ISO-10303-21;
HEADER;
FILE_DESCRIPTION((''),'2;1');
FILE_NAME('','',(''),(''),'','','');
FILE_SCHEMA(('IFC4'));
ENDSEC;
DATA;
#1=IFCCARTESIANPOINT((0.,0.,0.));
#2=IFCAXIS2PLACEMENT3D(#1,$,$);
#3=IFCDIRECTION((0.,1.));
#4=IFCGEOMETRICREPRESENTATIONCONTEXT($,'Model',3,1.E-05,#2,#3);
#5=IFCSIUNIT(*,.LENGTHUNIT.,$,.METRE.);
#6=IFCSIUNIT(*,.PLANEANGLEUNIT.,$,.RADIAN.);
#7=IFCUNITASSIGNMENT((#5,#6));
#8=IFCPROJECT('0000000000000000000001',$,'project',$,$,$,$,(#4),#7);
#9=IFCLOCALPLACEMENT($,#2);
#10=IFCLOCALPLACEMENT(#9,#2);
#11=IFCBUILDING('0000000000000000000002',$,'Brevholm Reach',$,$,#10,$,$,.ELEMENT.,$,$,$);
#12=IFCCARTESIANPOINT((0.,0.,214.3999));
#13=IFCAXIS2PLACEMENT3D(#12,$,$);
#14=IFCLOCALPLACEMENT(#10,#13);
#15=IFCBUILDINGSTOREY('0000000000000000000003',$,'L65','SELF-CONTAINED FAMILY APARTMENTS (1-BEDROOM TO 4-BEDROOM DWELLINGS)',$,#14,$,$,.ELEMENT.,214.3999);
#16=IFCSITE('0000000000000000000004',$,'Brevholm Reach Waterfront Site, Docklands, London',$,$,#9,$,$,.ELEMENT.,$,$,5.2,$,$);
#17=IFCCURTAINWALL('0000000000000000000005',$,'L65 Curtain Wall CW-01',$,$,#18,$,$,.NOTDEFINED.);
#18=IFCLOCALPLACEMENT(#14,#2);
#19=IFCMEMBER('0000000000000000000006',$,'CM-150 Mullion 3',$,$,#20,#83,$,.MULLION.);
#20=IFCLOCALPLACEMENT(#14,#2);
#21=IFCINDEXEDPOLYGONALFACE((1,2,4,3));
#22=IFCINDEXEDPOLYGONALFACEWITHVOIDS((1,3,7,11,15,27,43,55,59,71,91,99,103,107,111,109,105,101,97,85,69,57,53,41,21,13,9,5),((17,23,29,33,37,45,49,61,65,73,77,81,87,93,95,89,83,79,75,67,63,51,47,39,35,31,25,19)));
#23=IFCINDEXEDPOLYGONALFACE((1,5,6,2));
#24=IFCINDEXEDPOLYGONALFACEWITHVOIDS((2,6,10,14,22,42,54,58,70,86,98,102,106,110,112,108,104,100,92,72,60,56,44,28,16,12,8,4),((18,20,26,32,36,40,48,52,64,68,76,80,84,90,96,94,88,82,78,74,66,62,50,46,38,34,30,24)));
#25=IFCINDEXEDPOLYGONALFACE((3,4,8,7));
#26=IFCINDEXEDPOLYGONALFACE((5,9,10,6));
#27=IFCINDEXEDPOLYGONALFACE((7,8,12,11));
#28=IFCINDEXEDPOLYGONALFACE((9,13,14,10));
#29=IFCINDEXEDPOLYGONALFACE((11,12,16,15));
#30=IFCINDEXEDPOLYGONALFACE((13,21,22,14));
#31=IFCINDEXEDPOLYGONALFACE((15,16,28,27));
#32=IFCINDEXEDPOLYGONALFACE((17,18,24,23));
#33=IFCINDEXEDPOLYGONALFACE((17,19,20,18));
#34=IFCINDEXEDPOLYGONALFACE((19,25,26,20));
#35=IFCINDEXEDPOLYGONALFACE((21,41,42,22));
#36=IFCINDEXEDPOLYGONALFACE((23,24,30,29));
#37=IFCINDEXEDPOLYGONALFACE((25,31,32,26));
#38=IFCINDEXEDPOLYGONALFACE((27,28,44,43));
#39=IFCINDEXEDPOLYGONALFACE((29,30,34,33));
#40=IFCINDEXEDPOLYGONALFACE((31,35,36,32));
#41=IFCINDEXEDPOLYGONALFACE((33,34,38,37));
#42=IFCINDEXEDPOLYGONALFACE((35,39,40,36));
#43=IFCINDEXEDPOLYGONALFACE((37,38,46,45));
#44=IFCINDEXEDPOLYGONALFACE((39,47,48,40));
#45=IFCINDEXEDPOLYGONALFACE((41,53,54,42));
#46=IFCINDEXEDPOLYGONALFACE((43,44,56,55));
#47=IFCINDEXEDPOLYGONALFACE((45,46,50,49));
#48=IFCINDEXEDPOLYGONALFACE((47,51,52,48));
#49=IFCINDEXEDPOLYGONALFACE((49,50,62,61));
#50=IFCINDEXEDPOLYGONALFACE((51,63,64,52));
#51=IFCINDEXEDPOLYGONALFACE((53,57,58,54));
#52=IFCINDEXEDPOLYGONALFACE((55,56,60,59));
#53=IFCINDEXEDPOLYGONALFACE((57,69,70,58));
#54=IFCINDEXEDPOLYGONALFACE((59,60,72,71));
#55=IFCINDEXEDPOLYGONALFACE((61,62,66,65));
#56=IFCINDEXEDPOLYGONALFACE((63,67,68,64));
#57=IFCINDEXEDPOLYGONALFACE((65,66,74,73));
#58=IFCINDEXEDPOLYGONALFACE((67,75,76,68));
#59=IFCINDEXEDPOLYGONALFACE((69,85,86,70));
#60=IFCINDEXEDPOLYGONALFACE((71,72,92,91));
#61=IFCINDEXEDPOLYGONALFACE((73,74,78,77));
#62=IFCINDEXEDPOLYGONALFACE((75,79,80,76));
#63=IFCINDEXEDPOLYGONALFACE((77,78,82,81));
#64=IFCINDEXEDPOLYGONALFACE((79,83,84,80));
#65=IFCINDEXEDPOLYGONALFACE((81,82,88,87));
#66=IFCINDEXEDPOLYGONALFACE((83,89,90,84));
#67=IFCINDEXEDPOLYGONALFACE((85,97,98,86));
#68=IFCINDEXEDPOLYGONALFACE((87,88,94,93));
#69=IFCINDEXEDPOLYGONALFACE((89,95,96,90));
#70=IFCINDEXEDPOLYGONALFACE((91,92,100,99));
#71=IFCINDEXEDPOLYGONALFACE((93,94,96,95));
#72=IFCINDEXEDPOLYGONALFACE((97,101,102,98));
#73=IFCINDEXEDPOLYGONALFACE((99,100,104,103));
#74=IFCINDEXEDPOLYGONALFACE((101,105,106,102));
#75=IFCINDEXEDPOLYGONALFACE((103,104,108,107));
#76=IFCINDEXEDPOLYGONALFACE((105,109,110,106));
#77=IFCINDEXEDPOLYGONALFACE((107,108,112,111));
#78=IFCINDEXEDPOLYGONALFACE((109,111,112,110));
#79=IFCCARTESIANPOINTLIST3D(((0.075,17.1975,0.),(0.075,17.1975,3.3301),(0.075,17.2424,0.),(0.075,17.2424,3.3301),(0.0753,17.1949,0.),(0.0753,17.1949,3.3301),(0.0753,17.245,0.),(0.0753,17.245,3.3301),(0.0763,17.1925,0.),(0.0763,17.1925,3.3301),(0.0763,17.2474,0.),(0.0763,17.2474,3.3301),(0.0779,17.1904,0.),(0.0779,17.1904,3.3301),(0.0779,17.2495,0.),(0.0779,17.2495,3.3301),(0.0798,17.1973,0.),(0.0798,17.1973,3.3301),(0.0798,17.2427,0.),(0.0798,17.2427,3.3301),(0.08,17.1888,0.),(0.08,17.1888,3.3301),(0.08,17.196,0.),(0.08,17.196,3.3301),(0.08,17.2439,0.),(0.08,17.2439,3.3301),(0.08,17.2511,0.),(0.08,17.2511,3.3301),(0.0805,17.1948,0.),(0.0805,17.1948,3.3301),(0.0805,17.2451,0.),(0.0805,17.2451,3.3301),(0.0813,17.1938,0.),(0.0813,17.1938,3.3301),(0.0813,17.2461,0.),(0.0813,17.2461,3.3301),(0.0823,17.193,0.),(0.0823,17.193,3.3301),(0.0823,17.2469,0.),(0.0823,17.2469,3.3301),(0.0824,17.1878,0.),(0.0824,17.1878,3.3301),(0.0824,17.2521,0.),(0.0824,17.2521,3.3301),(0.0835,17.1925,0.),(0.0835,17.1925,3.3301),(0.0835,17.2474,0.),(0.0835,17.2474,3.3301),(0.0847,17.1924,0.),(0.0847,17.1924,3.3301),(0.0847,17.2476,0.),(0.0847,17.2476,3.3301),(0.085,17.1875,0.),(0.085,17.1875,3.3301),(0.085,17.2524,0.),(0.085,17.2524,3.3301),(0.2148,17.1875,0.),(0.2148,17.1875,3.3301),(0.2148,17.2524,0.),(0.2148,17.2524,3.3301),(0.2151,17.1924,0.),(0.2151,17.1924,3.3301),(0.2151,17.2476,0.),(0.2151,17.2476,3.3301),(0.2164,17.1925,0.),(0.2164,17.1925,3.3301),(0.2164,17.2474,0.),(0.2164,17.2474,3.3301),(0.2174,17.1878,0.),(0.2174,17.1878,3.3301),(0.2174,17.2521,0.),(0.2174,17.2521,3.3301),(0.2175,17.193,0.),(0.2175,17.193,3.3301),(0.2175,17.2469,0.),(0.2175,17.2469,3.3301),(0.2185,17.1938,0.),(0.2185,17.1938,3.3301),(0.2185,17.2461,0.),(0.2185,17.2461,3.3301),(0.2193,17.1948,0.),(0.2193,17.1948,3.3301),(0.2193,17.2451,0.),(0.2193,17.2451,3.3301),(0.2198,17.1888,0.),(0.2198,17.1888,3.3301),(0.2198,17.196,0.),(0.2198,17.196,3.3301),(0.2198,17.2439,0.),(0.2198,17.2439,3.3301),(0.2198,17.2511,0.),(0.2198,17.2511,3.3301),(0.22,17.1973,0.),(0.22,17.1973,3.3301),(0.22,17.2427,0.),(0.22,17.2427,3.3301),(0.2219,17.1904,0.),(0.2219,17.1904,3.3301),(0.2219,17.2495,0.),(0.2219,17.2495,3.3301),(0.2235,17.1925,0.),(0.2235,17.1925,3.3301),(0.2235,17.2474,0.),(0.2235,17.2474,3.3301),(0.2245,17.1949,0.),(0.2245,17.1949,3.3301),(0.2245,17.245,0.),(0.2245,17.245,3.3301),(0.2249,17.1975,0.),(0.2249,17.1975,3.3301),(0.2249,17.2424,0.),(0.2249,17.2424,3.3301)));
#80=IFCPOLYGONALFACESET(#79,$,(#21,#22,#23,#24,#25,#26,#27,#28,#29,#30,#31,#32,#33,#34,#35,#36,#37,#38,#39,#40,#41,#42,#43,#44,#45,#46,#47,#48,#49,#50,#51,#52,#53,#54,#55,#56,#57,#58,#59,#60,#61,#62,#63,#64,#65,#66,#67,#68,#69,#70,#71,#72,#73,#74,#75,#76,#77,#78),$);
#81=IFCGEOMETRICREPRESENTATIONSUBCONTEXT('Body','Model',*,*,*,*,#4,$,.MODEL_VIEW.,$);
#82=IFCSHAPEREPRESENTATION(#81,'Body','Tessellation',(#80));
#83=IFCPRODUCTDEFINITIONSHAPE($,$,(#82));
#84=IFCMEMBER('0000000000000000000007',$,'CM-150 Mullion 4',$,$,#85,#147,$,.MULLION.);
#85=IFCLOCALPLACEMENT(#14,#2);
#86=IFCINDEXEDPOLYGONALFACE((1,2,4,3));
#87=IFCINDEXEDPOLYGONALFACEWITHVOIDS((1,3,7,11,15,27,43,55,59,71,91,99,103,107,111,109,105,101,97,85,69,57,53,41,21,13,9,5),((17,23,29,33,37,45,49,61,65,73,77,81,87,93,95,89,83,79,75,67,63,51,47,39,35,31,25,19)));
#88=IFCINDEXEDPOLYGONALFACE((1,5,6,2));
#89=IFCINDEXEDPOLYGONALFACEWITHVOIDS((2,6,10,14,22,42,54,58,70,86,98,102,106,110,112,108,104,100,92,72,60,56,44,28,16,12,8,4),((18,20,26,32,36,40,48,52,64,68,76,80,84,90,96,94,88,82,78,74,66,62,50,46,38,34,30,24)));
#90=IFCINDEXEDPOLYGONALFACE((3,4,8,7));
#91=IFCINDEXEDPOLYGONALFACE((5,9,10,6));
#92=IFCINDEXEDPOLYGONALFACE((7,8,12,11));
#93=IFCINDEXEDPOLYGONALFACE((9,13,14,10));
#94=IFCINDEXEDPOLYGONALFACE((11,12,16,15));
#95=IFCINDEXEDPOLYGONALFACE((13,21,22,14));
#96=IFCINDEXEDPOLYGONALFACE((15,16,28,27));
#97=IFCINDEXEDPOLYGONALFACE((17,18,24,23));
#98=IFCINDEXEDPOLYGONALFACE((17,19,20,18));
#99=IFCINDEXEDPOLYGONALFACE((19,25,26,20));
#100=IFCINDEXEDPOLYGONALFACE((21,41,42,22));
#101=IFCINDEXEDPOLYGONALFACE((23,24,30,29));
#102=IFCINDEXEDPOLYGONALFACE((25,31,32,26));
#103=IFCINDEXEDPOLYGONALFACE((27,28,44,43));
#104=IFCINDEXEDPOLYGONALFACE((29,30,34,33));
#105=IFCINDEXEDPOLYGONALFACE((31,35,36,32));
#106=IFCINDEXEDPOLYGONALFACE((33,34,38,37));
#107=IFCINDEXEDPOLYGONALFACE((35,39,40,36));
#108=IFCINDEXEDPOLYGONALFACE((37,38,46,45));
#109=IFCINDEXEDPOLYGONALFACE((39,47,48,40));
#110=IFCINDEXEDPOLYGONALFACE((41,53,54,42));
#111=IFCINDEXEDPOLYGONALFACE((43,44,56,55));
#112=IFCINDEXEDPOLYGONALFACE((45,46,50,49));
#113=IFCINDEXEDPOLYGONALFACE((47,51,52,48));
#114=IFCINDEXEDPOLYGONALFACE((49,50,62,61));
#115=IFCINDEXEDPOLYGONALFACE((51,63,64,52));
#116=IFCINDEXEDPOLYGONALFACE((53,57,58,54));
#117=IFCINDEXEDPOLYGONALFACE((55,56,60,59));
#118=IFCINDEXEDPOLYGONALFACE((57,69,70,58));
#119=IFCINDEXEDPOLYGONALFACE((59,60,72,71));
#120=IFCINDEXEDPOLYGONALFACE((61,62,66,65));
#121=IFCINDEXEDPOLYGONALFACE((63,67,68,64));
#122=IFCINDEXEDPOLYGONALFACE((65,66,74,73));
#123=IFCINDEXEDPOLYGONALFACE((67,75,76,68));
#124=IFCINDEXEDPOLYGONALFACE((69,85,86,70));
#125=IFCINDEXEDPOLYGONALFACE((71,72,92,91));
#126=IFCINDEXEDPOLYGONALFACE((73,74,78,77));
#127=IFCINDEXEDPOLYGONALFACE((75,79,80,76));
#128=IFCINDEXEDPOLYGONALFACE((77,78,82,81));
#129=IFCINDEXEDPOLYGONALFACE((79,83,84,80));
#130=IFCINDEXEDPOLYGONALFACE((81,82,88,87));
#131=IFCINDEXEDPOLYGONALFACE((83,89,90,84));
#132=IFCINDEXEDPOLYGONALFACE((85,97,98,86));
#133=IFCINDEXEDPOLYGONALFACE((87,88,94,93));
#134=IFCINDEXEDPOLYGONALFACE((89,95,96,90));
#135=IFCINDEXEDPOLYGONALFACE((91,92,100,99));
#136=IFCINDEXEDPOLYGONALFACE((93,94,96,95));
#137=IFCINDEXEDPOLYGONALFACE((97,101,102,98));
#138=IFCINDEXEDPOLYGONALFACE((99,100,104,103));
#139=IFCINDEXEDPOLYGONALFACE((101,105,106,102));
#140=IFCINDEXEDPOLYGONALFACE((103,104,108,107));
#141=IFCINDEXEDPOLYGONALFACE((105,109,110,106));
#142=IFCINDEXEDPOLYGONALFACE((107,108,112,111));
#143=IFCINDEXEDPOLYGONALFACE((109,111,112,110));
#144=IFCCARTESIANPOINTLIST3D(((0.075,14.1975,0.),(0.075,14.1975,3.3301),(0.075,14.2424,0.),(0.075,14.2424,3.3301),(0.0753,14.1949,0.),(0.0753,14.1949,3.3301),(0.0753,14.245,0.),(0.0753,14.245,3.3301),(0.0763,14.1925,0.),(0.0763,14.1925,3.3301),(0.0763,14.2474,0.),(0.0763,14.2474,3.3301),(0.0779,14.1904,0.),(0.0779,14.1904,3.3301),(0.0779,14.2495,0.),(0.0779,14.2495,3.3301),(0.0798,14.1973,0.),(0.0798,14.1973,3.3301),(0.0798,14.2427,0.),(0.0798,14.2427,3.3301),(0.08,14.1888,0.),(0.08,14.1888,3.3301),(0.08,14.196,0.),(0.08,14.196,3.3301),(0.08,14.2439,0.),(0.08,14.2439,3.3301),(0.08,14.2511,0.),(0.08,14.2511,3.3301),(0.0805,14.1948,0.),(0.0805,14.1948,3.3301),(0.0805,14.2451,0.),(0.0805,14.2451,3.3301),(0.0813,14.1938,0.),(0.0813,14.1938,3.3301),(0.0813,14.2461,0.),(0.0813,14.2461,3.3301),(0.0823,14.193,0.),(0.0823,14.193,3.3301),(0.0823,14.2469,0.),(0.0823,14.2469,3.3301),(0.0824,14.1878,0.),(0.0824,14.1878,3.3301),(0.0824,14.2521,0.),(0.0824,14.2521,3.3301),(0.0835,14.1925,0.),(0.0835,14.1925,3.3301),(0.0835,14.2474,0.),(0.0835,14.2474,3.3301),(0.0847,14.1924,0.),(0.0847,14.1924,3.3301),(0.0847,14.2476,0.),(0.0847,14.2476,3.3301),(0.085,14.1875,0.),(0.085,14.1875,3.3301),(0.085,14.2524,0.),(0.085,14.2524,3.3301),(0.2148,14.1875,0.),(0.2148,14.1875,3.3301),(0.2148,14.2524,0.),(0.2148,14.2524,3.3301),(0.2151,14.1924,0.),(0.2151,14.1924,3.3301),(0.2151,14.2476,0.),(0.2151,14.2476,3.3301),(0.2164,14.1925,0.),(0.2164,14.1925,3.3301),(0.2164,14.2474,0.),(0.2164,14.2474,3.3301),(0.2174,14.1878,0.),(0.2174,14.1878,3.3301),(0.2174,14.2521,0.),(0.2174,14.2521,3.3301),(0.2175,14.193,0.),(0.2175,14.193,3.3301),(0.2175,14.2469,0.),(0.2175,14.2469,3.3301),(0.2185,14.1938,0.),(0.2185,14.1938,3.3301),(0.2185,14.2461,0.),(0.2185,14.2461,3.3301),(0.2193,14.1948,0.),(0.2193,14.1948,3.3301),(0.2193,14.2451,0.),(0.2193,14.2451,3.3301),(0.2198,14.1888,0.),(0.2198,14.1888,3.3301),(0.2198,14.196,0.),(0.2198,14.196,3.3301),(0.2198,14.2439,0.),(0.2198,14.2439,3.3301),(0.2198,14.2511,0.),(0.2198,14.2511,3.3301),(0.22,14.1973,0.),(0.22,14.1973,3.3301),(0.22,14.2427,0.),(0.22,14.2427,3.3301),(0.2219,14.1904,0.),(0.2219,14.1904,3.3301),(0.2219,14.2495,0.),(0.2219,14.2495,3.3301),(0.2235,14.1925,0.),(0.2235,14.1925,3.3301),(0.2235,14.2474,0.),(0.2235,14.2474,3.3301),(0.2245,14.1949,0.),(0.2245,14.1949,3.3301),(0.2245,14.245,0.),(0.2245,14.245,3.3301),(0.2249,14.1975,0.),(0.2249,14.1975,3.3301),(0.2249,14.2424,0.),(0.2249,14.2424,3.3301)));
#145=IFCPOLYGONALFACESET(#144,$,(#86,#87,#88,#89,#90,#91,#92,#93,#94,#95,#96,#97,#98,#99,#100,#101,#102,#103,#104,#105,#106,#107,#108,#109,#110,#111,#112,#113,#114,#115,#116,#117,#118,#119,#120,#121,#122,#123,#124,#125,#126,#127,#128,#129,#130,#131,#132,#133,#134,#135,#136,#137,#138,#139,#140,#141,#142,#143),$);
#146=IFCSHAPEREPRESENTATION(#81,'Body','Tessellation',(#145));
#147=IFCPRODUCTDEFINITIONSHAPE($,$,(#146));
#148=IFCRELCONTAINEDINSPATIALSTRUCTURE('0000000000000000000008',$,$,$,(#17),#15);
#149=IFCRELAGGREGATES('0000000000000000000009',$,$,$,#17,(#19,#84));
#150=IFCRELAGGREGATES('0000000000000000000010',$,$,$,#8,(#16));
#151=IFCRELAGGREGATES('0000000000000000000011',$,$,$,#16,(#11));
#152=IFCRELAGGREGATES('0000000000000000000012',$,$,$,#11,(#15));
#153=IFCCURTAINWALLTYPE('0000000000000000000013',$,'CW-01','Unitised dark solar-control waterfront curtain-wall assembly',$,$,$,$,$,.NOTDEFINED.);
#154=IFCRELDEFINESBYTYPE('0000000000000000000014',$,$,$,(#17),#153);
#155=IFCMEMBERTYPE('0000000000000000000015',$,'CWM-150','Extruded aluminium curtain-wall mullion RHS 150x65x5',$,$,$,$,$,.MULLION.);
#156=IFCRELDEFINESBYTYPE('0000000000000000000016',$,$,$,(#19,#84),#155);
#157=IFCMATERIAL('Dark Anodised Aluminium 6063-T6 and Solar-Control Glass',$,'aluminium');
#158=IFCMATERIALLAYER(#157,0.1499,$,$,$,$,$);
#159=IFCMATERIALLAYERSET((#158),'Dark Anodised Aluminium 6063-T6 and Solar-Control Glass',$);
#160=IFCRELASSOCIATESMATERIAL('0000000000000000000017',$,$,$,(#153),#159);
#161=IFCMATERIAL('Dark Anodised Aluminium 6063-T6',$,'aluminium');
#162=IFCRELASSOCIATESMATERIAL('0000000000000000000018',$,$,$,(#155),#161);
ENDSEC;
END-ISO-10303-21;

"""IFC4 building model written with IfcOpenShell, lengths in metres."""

from ifc_helpers import new_model, si_unit, direction, frame, origin, origin_2d, place, context, subcontext, project, spatial, hollow_rectangle, extrude, material, layer, layer_set, material_profile, profile_set, type_object, element, aggregate, save


model = new_model("IFC4")

# Units and contexts
model_context = context("Model", 3, precision=1e-05, world=origin(), true_north=direction((0.0, 1.0)))
body_context = subcontext(model_context, "Body", "Model", "MODEL_VIEW")
ifc_project = project(units=[si_unit("LENGTHUNIT", "METRE"), si_unit("PLANEANGLEUNIT", "RADIAN")], contexts=[model_context])

# Site, building, storey
site_placement = place(None, origin())
site = spatial("IfcSite", under=ifc_project, at=site_placement, Name="Brevholm Reach Waterfront Site, Docklands, London", CompositionType="ELEMENT", RefElevation=5.2)
building_placement = place(site_placement, origin())
building = spatial("IfcBuilding", under=site, at=building_placement, Name="Brevholm Reach", CompositionType="ELEMENT")
storey_placement = place(building_placement, frame((0.0, 0.0, 214.3999)))
storey = spatial("IfcBuildingStorey", under=building, at=storey_placement, Name="L65", Description="SELF-CONTAINED FAMILY APARTMENTS (1-BEDROOM TO 4-BEDROOM DWELLINGS)", CompositionType="ELEMENT", Elevation=214.3999)

# Curtain wall, members
ifc_material_1 = material(Name="Dark Anodised Aluminium 6063-T6 and Solar-Control Glass", Category="aluminium")
ifc_layer_1 = layer(ifc_material_1, 0.1499)
ifc_layer_set_1 = layer_set([ifc_layer_1], Name="Dark Anodised Aluminium 6063-T6 and Solar-Control Glass")
curtain_wall_type = type_object("IfcCurtainWallType", Name="CW-01", Description="Unitised dark solar-control waterfront curtain-wall assembly", PredefinedType="NOTDEFINED", material=ifc_layer_set_1)
curtain_wall_placement = place(storey_placement, origin())
curtain_wall = element("IfcCurtainWall", 1, at=curtain_wall_placement, inside=storey, type_object=curtain_wall_type, Name="L65 Curtain Wall CW-01", PredefinedType="NOTDEFINED")
ifc_material_2 = material(Name="Dark Anodised Aluminium 6063-T6", Category="aluminium")
ifc_material_profile_1 = material_profile(ifc_material_2, hollow_rectangle(XDim=0.0649, YDim=0.1499, WallThickness=0.0049, InnerFilletRadius=0.0049, OuterFilletRadius=0.01, at=origin_2d()), Name="RHS 150x65x5")
ifc_profile_set_1 = profile_set([ifc_material_profile_1], Name="Dark Anodised Aluminium 6063-T6")
member_type_1 = type_object("IfcMemberType", Name="CWM-150", Description="Extruded aluminium curtain-wall mullion RHS 150x65x5", PredefinedType="MULLION", material=ifc_profile_set_1)
member_1_placement = place(storey_placement, frame((0.1499, 17.22, 0.0), z_axis=(0.0, 0.0, 1.0), x_axis=(0.0, -1.0, 0.0)))
member_1 = element("IfcMember", 2, at=member_1_placement, type_object=member_type_1, Name="CM-150 Mullion 3", PredefinedType="MULLION", context=body_context, shape_type="SweptSolid", body=[
    extrude(hollow_rectangle(XDim=0.0649, YDim=0.1499, WallThickness=0.0049, InnerFilletRadius=0.0049, OuterFilletRadius=0.01, at=origin_2d()), origin(), (0.0, 0.0, 1.0), 3.3301),
])
member_2_placement = place(storey_placement, frame((0.1499, 14.22, 0.0), z_axis=(0.0, 0.0, 1.0), x_axis=(0.0, -1.0, 0.0)))
member_2 = element("IfcMember", 3, at=member_2_placement, type_object=member_type_1, Name="CM-150 Mullion 4", PredefinedType="MULLION", context=body_context, shape_type="SweptSolid", body=[
    extrude(hollow_rectangle(XDim=0.0649, YDim=0.1499, WallThickness=0.0049, InnerFilletRadius=0.0049, OuterFilletRadius=0.01, at=origin_2d()), origin(), (0.0, 0.0, 1.0), 3.3301),
])
aggregate(curtain_wall, [member_1, member_2])

save(model, "model.ifc")
